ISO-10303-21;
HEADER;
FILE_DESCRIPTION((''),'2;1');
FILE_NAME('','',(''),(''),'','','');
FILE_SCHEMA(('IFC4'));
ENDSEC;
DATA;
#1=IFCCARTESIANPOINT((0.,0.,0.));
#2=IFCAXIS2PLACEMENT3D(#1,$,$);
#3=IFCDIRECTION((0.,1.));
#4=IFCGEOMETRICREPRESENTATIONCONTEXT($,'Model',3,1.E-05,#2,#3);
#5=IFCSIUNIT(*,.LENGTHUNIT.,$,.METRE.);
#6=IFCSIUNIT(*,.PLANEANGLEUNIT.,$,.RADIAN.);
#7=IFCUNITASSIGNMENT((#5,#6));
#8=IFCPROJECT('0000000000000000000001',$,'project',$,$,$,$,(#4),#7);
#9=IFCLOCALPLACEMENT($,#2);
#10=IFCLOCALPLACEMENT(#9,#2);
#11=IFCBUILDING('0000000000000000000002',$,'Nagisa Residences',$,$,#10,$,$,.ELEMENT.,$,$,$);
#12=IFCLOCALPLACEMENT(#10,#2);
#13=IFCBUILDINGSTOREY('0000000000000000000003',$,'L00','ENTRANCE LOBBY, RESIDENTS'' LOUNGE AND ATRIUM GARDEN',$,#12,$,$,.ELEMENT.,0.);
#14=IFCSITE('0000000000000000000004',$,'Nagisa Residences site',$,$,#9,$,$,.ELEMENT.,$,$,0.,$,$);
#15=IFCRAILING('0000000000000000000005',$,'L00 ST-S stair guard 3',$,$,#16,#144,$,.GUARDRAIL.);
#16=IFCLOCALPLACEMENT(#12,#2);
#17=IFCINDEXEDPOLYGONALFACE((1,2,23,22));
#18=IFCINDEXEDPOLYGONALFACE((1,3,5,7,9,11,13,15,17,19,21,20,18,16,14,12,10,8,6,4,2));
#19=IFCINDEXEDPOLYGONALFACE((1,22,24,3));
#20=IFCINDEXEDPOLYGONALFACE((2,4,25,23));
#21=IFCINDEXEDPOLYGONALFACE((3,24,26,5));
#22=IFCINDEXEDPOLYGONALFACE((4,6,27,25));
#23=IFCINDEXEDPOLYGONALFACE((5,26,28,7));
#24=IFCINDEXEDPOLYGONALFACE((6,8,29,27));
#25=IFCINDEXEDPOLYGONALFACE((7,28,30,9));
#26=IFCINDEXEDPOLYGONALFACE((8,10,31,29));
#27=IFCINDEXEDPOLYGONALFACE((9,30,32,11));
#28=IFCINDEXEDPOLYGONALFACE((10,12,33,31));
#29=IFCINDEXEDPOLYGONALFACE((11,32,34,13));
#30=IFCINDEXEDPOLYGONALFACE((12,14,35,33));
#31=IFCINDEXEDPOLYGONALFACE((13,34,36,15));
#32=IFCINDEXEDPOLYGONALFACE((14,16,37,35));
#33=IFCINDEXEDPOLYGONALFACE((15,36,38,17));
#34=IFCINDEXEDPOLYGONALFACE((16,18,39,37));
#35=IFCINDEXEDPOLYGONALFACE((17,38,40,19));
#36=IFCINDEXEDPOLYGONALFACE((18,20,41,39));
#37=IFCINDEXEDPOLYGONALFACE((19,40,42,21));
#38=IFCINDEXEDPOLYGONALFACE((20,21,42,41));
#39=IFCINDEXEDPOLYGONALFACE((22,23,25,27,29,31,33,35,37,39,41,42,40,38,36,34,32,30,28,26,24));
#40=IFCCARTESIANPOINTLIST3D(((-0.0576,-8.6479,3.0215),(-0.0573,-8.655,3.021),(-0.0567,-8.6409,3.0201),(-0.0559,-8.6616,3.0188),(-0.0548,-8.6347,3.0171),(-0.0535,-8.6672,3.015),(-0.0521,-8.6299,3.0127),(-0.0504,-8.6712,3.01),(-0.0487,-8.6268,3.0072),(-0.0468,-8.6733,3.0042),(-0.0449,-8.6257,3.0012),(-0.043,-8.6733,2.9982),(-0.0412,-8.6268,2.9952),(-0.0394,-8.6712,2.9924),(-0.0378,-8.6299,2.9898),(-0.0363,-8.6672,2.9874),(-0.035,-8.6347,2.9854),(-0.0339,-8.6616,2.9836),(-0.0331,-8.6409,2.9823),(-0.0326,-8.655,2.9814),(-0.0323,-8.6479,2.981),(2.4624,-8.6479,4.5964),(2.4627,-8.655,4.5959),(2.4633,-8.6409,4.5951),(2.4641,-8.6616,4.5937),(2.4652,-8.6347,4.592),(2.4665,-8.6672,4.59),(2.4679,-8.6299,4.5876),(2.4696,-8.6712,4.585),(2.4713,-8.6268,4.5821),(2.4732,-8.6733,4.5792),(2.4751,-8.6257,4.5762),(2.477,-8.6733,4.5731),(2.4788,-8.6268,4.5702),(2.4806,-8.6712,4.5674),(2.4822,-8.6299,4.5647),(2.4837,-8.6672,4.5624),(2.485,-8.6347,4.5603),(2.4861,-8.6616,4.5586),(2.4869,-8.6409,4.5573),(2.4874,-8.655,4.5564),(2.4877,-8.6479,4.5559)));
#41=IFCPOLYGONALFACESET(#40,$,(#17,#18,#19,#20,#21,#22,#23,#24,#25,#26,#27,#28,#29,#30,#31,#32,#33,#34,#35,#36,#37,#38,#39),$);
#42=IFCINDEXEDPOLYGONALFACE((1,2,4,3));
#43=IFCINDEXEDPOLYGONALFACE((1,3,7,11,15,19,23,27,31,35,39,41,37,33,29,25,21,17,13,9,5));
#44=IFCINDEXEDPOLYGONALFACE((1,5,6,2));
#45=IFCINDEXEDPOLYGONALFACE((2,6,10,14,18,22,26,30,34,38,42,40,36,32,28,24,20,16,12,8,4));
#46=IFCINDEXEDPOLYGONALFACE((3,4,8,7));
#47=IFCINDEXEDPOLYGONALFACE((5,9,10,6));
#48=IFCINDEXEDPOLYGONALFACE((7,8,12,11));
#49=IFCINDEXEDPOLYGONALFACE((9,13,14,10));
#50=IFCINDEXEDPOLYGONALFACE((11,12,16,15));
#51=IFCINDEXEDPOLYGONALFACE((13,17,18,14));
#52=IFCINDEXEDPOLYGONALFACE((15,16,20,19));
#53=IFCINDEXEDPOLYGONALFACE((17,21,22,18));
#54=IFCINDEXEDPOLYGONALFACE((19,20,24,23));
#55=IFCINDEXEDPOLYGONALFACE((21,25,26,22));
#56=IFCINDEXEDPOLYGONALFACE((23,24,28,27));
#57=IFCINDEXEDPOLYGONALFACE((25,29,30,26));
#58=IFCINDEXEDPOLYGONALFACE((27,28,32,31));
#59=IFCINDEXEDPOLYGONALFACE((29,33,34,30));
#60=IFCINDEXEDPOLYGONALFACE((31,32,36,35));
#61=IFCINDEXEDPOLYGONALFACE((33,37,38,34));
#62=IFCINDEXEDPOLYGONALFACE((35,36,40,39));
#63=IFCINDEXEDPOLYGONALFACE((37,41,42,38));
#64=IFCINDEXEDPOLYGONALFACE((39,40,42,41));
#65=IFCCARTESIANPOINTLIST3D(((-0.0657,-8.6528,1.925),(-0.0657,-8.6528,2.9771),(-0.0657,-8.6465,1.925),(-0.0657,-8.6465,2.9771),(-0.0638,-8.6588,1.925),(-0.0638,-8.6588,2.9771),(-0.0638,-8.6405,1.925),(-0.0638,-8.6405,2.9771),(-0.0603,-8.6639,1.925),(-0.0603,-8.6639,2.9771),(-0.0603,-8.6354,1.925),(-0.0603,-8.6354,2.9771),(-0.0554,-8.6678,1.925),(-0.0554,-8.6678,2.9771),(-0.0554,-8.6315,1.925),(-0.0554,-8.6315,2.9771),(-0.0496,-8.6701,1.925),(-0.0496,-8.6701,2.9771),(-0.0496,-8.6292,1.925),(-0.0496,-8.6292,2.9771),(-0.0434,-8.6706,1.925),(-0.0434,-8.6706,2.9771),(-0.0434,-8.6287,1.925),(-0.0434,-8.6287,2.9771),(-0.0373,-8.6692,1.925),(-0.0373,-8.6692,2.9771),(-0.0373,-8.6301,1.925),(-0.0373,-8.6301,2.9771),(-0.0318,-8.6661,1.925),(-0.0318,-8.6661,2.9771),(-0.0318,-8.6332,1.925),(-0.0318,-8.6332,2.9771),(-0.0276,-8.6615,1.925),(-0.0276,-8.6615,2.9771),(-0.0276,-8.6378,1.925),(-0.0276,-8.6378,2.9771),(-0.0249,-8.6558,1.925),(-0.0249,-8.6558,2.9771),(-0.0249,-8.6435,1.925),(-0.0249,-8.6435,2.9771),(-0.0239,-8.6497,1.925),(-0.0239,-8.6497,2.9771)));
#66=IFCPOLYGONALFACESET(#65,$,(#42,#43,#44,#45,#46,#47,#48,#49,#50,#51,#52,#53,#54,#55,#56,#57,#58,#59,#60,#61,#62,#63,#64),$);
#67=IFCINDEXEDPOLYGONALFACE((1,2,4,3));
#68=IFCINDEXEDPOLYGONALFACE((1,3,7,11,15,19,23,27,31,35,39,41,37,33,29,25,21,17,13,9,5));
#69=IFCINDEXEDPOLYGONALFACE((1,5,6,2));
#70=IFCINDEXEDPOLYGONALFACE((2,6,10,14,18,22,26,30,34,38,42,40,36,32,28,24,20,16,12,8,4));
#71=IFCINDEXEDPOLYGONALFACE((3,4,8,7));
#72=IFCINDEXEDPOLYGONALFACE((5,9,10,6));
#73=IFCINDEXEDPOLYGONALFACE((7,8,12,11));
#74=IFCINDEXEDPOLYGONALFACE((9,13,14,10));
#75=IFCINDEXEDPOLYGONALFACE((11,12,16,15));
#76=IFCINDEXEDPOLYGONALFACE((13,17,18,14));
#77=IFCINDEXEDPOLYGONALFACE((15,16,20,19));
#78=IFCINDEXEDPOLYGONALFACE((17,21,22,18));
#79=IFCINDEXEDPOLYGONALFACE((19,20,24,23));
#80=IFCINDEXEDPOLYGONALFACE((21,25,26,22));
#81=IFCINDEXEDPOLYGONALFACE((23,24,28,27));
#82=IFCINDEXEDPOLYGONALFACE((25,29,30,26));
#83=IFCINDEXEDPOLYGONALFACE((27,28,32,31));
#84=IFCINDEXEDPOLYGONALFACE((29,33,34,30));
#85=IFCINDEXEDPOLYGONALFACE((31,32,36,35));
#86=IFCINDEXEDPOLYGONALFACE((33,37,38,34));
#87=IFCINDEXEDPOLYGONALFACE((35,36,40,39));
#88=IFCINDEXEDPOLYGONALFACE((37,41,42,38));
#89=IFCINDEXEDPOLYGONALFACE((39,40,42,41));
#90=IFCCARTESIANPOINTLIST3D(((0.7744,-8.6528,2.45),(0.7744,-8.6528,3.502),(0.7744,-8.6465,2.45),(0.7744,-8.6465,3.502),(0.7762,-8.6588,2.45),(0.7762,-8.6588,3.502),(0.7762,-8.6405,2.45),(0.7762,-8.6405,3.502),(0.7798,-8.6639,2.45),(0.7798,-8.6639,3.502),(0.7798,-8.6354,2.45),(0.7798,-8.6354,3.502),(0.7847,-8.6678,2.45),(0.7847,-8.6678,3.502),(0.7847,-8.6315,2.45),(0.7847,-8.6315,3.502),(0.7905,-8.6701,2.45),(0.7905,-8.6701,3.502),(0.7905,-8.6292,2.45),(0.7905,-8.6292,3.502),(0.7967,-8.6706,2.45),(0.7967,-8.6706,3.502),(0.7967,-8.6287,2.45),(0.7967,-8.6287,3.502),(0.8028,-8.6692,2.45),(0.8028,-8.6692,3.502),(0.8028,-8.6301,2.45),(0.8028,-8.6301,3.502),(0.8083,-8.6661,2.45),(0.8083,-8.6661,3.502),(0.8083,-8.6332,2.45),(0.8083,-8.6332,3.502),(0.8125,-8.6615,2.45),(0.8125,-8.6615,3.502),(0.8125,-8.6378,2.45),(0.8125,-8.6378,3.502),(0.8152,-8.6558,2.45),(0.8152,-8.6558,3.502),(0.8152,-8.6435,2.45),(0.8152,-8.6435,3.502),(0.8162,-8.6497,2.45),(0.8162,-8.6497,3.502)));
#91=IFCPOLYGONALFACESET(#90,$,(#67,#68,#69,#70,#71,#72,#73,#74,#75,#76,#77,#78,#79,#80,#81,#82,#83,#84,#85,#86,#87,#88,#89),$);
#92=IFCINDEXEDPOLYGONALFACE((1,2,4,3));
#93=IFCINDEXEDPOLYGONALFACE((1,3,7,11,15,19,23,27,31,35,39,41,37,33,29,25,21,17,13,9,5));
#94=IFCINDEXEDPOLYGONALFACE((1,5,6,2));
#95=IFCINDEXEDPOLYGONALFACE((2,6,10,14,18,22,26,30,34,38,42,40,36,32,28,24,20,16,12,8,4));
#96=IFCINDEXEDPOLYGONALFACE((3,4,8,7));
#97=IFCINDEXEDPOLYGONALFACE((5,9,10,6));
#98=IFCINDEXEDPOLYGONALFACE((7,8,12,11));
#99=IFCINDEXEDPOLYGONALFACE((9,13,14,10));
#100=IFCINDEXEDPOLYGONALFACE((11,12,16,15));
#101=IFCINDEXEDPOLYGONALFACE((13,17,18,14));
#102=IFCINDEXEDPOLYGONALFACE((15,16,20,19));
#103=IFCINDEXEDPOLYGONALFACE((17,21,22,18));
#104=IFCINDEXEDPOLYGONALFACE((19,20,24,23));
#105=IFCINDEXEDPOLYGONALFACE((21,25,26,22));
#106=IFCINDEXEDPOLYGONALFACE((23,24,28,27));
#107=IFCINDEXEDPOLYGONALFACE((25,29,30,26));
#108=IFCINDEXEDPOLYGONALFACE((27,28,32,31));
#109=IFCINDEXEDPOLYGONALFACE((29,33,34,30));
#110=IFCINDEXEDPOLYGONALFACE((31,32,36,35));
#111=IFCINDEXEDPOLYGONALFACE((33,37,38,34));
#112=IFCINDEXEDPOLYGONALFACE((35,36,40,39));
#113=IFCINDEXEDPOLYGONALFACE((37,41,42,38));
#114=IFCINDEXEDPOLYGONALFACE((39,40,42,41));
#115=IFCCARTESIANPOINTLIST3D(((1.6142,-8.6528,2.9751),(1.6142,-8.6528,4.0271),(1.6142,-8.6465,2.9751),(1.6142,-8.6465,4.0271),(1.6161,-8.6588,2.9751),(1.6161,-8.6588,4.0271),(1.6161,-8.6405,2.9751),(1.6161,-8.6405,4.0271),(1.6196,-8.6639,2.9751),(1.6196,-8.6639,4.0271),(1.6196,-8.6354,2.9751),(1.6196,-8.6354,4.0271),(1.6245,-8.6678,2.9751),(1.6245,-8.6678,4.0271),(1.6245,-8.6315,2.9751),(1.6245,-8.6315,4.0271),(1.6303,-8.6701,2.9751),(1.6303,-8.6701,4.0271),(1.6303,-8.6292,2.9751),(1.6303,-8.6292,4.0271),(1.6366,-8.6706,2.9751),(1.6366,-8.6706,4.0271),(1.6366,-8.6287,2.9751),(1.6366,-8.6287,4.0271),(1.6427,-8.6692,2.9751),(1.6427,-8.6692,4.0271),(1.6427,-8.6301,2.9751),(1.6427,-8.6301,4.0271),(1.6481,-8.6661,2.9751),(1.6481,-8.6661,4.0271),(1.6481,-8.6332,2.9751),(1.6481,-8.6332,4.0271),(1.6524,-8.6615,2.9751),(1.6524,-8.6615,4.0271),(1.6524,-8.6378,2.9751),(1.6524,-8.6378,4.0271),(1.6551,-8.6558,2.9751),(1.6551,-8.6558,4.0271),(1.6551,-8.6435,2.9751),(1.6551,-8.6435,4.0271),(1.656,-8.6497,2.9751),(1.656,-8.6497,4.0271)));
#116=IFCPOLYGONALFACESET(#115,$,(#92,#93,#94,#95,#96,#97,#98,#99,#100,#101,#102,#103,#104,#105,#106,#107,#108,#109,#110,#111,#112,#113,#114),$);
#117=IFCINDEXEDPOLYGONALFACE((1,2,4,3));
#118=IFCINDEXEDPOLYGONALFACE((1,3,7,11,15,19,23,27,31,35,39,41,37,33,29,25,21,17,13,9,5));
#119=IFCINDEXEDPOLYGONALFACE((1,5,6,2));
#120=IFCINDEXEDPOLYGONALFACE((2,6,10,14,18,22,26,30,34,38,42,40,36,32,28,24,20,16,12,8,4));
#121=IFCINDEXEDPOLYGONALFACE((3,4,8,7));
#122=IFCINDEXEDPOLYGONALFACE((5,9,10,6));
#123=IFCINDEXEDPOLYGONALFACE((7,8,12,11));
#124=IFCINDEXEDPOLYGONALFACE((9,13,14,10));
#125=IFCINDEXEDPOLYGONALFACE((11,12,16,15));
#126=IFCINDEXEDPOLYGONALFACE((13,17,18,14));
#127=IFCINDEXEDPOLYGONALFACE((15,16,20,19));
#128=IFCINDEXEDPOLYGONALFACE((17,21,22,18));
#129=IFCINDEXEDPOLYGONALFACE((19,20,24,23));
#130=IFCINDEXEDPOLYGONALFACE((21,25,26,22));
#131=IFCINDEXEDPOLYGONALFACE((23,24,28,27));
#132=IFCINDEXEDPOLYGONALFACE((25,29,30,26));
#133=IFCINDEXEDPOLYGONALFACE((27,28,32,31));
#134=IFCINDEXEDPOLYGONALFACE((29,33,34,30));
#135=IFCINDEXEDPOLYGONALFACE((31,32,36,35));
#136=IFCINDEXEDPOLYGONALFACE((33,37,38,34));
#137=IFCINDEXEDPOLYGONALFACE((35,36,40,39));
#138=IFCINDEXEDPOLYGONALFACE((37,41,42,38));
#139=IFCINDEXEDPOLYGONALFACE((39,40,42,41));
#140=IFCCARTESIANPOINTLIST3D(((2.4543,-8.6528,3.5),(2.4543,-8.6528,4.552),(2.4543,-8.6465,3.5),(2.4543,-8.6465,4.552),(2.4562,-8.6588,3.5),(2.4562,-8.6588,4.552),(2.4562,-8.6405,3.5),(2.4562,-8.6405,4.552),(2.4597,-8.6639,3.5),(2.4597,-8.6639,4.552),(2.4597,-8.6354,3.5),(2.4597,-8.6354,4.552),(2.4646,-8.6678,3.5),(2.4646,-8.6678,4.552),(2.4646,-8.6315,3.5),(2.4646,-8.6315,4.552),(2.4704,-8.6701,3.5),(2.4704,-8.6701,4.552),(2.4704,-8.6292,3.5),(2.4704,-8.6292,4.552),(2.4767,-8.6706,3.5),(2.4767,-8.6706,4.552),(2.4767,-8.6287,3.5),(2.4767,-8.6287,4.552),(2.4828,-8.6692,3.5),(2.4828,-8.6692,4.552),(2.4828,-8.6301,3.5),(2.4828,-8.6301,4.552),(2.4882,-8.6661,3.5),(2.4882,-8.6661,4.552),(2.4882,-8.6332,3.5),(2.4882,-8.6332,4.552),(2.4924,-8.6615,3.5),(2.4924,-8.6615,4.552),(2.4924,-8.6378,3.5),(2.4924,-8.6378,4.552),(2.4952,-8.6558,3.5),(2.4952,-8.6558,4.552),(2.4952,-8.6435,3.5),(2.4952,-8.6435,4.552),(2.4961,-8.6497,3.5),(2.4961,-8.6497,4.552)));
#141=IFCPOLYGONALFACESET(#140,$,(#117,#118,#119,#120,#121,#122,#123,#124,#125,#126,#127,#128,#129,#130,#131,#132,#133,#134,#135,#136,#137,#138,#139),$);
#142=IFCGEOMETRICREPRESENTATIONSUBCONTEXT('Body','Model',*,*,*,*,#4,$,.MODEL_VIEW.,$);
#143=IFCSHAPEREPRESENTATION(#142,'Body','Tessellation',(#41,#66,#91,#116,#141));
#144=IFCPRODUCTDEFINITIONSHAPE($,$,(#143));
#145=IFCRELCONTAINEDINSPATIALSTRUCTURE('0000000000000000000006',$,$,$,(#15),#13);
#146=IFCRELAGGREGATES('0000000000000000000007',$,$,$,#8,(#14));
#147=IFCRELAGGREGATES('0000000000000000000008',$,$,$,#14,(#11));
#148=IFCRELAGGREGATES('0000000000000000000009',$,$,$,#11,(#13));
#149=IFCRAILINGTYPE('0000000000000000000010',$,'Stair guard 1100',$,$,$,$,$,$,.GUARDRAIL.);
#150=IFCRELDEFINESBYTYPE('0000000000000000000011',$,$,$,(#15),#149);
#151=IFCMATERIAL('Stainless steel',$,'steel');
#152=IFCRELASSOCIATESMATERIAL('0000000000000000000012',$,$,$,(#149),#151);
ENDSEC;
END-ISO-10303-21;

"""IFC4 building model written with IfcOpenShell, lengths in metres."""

from ifc_helpers import new_model, si_unit, direction, frame, origin, origin_2d, place, context, subcontext, project, spatial, circle, extrude, material, type_object, element, save


model = new_model("IFC4")

# Units and contexts
model_context = context("Model", 3, precision=1e-05, world=origin(), true_north=direction((0.0, 1.0)))
body_context = subcontext(model_context, "Body", "Model", "MODEL_VIEW")
ifc_project = project(units=[si_unit("LENGTHUNIT", "METRE"), si_unit("PLANEANGLEUNIT", "RADIAN")], contexts=[model_context])

# Site, building, storey
site_placement = place(None, origin())
site = spatial("IfcSite", under=ifc_project, at=site_placement, Name="Nagisa Residences site", CompositionType="ELEMENT", RefElevation=0.0)
building_placement = place(site_placement, origin())
building = spatial("IfcBuilding", under=site, at=building_placement, Name="Nagisa Residences", CompositionType="ELEMENT")
storey_placement = place(building_placement, origin())
storey = spatial("IfcBuildingStorey", under=building, at=storey_placement, Name="L00", Description="ENTRANCE LOBBY, RESIDENTS' LOUNGE AND ATRIUM GARDEN", CompositionType="ELEMENT", Elevation=0.0)

# Railing
ifc_material_1 = material(Name="Stainless steel", Category="steel")
railing_type_1 = type_object("IfcRailingType", Name="Stair guard 1100", PredefinedType="GUARDRAIL", material=ifc_material_1)
railing_1_placement = place(storey_placement, frame((-0.0449, -8.6497, 1.925)))
element("IfcRailing", 1, at=railing_1_placement, inside=storey, type_object=railing_type_1, Name="L00 ST-S stair guard 3", PredefinedType="GUARDRAIL", context=body_context, shape_type="SweptSolid", body=[
    extrude(circle(Radius=0.0239, at=origin_2d()), frame((0.0, 0.0, 1.0762), z_axis=(0.848008, 0.0, 0.529984), x_axis=(0.0, 1.0, 0.0)), (0.0, 0.0, 1.0), 2.9717),
    extrude(circle(Radius=0.021, at=origin_2d()), origin(), (0.0, 0.0, 1.0), 1.052),
    extrude(circle(Radius=0.021, at=origin_2d()), frame((0.8401, 0.0, 0.5249)), (0.0, 0.0, 1.0), 1.052),
    extrude(circle(Radius=0.021, at=origin_2d()), frame((1.6799, 0.0, 1.05)), (0.0, 0.0, 1.0), 1.052),
    extrude(circle(Radius=0.021, at=origin_2d()), frame((2.52, 0.0, 1.575)), (0.0, 0.0, 1.0), 1.052),
])

save(model, "model.ifc")
